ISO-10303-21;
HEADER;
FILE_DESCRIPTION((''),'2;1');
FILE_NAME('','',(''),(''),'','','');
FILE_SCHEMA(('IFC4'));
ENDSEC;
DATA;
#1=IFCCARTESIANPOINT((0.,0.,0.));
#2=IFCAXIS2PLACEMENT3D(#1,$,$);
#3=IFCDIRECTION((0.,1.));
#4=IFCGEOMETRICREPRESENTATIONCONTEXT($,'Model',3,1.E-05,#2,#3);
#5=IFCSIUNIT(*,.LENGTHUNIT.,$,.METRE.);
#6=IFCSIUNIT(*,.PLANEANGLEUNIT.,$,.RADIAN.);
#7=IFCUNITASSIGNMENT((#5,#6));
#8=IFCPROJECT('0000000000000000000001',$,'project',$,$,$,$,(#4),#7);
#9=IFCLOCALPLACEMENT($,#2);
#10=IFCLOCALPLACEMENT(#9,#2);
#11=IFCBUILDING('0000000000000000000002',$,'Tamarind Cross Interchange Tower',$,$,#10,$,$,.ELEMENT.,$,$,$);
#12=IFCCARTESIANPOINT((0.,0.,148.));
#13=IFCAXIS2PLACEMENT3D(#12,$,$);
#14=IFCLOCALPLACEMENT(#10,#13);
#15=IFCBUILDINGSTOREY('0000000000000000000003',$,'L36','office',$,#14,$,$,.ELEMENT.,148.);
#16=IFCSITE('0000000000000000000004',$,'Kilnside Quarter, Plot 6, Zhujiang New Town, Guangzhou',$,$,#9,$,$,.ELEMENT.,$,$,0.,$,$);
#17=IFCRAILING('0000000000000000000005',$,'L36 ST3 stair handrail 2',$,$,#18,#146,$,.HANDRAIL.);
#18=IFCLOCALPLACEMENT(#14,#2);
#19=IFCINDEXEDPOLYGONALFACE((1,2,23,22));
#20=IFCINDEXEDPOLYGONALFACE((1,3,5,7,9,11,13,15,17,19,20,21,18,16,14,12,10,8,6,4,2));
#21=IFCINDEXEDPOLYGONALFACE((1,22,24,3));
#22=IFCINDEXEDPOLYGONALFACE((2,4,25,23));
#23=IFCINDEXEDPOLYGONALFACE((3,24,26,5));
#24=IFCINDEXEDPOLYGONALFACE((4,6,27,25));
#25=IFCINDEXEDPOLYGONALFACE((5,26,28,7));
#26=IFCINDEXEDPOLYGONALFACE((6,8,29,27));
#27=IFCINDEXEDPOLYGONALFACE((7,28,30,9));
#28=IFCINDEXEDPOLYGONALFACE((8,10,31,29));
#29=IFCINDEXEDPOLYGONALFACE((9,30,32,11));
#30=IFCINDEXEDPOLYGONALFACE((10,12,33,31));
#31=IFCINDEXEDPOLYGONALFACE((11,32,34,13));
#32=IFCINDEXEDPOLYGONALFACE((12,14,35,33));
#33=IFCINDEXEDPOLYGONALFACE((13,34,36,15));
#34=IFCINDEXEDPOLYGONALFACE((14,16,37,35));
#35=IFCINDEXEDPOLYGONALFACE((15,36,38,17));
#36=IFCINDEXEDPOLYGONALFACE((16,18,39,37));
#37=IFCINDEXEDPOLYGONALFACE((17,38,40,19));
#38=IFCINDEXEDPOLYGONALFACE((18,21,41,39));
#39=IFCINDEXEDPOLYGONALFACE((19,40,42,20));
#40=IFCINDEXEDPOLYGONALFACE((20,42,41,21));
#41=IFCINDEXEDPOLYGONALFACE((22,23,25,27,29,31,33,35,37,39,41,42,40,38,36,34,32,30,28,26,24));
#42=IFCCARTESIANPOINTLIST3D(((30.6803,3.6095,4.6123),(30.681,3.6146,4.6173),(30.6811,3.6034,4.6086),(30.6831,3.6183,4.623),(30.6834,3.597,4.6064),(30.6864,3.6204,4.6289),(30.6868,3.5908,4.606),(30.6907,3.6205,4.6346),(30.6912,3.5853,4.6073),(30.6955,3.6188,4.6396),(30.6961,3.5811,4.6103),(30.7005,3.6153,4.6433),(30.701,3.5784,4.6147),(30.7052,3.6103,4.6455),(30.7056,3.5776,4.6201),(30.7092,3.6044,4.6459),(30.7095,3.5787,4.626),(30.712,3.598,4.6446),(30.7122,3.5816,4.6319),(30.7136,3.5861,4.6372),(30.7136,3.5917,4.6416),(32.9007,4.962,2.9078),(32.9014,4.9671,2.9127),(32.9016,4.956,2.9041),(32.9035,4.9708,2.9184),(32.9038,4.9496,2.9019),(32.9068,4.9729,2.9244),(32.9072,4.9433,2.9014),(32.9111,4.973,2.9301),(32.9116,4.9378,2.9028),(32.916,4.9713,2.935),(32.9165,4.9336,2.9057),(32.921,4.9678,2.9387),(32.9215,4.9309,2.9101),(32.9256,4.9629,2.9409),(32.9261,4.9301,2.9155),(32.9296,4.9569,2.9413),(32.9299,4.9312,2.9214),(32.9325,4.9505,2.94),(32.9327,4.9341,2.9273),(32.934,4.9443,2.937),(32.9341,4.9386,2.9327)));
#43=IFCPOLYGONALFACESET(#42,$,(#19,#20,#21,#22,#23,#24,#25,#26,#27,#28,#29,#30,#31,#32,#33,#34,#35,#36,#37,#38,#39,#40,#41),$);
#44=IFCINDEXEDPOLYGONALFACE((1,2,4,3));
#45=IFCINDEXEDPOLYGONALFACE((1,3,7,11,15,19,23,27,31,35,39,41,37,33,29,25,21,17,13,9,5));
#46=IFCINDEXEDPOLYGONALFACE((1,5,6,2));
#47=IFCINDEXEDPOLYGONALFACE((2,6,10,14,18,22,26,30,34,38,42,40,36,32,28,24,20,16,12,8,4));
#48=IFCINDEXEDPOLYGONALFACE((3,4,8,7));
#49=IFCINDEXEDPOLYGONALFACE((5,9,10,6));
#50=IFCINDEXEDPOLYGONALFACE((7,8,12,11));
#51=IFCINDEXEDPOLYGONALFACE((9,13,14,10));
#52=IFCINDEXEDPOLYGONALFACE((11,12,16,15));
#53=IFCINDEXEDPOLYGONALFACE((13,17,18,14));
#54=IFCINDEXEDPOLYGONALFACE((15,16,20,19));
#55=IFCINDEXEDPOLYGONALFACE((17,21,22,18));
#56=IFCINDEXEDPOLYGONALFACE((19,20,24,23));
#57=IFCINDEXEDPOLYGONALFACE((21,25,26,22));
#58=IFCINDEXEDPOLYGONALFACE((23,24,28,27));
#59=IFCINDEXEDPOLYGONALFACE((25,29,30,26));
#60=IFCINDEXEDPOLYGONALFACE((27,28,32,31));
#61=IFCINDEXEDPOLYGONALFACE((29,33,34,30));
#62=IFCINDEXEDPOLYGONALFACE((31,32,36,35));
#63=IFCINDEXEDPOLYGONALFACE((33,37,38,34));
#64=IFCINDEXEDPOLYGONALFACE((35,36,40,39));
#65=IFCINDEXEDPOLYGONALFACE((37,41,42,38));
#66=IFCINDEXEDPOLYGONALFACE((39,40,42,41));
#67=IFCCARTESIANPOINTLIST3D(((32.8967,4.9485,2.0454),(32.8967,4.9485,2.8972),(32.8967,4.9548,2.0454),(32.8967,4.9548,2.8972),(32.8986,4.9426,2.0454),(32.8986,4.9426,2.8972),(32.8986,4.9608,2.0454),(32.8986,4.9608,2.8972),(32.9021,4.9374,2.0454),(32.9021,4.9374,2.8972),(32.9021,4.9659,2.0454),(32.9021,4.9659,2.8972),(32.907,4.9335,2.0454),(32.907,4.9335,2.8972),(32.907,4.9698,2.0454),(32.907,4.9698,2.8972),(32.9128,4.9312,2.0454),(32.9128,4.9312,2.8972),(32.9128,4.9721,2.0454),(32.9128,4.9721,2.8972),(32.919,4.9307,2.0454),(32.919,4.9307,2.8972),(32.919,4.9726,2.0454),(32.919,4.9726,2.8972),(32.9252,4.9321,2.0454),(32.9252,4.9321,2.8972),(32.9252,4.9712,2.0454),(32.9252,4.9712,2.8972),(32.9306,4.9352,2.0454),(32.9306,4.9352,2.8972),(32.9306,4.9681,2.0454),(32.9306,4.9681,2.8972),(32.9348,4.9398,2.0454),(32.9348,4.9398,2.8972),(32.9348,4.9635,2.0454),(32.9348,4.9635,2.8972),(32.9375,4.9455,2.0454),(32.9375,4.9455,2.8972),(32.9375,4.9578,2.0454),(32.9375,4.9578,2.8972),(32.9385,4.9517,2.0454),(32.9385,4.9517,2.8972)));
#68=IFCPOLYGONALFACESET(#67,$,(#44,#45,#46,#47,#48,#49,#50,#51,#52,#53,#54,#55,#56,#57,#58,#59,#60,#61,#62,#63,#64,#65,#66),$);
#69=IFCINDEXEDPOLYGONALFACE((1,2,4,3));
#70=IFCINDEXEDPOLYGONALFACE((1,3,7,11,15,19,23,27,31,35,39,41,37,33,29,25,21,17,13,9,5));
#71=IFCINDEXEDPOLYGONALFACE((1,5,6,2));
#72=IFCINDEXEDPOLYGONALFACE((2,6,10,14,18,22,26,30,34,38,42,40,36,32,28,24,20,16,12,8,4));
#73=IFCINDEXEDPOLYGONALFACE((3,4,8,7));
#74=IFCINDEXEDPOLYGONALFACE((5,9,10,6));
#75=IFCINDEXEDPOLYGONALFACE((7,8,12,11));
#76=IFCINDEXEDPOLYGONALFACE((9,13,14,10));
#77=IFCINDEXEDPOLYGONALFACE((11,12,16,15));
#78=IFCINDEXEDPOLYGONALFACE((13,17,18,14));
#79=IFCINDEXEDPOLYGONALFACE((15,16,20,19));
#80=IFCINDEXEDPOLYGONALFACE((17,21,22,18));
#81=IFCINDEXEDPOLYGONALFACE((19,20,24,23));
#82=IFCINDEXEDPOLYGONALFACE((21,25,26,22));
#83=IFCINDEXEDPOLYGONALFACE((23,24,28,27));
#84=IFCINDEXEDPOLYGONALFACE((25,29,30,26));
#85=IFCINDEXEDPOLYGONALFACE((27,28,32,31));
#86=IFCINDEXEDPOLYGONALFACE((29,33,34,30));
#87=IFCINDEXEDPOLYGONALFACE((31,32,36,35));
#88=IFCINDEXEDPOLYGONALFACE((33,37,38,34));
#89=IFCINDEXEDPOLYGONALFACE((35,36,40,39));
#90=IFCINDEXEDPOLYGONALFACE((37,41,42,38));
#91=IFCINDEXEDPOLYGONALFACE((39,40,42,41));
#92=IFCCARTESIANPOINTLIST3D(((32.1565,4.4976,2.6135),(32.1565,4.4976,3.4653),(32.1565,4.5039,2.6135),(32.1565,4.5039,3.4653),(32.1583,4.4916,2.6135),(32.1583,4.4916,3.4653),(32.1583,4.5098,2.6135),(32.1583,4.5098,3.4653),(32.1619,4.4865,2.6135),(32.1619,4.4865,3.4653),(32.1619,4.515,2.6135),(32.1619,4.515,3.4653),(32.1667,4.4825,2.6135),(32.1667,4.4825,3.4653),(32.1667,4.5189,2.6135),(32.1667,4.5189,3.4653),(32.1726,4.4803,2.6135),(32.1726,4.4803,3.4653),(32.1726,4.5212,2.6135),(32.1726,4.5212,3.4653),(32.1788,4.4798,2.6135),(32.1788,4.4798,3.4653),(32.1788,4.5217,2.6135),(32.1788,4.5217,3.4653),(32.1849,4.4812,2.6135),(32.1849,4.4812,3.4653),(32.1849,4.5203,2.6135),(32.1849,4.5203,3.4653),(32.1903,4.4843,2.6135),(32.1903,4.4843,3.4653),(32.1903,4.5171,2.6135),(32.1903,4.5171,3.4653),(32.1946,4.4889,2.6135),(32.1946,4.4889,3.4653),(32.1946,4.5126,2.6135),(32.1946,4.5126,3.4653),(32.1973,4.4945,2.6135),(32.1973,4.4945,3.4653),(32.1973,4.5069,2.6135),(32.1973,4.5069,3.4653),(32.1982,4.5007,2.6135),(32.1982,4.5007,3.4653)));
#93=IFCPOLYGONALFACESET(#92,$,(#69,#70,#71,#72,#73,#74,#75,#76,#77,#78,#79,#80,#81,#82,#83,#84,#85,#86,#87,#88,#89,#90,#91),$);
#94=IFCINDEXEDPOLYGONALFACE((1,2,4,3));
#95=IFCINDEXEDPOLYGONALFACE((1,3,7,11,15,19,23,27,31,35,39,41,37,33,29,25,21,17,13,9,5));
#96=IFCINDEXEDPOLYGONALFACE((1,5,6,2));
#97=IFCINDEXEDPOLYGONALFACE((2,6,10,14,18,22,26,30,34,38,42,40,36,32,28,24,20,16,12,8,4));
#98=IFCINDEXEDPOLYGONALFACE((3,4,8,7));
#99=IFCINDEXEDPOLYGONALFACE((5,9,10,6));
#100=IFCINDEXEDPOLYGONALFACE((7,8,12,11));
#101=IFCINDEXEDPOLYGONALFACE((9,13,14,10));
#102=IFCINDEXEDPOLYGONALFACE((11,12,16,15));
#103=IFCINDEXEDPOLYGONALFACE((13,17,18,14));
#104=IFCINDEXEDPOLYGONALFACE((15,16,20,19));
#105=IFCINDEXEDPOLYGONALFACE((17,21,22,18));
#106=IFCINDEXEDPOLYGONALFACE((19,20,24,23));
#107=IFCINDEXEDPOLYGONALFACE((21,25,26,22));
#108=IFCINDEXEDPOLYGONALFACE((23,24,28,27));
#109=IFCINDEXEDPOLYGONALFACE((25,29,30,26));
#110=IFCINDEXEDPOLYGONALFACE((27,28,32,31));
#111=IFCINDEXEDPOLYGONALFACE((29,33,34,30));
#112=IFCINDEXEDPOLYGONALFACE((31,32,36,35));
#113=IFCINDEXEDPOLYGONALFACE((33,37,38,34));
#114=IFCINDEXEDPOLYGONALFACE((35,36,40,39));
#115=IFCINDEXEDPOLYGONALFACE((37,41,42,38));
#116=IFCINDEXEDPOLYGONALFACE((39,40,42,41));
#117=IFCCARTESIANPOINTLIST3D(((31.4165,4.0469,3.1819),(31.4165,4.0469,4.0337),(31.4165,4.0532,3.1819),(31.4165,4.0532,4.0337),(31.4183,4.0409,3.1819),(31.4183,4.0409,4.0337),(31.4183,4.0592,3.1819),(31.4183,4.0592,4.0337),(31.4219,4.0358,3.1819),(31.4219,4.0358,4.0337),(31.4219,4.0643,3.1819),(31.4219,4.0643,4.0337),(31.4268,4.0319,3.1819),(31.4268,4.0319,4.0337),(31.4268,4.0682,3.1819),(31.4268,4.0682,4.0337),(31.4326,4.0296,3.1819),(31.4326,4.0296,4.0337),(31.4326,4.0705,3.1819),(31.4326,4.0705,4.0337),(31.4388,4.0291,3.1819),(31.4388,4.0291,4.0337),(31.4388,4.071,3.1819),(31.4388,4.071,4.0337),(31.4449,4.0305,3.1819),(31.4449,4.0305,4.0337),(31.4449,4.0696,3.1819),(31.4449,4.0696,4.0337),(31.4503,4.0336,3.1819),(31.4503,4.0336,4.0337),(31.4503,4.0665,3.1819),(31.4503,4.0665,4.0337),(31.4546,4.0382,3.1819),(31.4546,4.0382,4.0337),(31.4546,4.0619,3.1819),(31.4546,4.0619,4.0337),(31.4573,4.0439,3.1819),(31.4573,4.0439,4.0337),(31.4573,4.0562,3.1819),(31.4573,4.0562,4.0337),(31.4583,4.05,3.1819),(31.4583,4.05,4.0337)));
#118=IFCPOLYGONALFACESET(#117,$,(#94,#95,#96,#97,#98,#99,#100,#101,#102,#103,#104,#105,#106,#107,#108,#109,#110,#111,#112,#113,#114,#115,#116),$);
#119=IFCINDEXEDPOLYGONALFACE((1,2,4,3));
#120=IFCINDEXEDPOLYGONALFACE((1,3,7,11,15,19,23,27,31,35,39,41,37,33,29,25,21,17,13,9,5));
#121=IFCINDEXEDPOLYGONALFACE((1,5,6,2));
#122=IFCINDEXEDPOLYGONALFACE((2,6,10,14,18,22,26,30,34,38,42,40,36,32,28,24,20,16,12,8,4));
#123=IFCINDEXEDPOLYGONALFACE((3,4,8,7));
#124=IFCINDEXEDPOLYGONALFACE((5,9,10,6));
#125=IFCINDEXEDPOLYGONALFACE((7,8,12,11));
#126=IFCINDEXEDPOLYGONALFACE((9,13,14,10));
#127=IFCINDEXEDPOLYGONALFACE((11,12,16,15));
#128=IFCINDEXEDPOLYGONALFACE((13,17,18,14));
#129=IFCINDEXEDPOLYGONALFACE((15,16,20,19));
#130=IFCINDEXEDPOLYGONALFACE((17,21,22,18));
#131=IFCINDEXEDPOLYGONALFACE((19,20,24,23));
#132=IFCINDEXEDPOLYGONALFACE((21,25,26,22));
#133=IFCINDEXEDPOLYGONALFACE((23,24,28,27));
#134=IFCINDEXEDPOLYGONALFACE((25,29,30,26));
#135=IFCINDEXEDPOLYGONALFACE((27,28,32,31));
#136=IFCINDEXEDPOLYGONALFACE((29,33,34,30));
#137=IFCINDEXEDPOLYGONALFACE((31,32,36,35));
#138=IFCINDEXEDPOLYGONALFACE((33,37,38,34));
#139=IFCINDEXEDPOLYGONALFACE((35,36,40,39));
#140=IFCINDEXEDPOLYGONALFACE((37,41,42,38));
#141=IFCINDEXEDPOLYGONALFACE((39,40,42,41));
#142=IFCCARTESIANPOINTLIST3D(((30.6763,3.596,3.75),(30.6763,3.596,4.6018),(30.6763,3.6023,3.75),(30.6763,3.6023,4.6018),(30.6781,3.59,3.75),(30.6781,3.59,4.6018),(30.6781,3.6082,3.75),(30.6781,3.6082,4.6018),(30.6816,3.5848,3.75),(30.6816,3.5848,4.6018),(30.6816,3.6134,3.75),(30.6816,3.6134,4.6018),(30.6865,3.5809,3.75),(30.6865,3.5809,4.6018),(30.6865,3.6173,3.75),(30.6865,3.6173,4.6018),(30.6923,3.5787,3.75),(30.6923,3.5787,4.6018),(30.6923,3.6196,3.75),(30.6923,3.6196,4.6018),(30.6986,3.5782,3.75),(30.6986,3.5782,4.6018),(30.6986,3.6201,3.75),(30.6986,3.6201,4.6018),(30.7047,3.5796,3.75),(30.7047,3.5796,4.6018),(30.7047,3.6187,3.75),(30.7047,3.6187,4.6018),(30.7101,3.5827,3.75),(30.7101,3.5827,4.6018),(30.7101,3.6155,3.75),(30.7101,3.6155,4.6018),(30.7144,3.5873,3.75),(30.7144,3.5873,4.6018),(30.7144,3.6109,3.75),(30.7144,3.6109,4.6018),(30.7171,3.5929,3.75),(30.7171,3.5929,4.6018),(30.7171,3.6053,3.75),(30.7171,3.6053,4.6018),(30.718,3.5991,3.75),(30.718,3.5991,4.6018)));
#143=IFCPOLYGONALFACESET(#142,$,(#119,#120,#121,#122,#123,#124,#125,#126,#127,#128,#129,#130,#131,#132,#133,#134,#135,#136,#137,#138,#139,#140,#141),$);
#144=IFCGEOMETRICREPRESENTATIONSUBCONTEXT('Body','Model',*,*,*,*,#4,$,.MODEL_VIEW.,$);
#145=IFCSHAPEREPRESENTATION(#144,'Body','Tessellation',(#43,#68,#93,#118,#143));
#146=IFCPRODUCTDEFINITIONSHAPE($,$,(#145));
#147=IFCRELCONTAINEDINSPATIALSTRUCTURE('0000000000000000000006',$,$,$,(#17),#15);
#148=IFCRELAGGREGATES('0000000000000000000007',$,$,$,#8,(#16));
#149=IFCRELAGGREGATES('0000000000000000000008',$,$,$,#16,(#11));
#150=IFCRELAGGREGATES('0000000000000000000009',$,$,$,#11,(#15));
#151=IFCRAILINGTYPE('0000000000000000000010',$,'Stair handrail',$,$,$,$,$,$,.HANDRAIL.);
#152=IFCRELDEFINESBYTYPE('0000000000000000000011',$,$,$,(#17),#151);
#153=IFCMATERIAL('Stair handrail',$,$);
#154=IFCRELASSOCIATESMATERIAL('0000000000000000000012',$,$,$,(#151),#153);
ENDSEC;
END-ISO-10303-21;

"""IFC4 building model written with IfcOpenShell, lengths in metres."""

from ifc_helpers import new_model, si_unit, direction, frame, origin, origin_2d, place, context, subcontext, project, spatial, circle, extrude, material, type_object, element, save


model = new_model("IFC4")

# Units and contexts
model_context = context("Model", 3, precision=1e-05, world=origin(), true_north=direction((0.0, 1.0)))
body_context = subcontext(model_context, "Body", "Model", "MODEL_VIEW")
ifc_project = project(units=[si_unit("LENGTHUNIT", "METRE"), si_unit("PLANEANGLEUNIT", "RADIAN")], contexts=[model_context])

# Site, building, storey
site_placement = place(None, origin())
site = spatial("IfcSite", under=ifc_project, at=site_placement, Name="Kilnside Quarter, Plot 6, Zhujiang New Town, Guangzhou", CompositionType="ELEMENT", RefElevation=0.0)
building_placement = place(site_placement, origin())
building = spatial("IfcBuilding", under=site, at=building_placement, Name="Tamarind Cross Interchange Tower", CompositionType="ELEMENT")
storey_placement = place(building_placement, frame((0.0, 0.0, 148.0)))
storey = spatial("IfcBuildingStorey", under=building, at=storey_placement, Name="L36", Description="office", CompositionType="ELEMENT", Elevation=148.0)

# Railing
ifc_material_1 = material(Name="Stair handrail")
railing_type_1 = type_object("IfcRailingType", Name="Stair handrail", PredefinedType="HANDRAIL", material=ifc_material_1)
railing_1_placement = place(storey_placement, frame((32.9175, 4.9517, 2.0454)))
element("IfcRailing", 1, at=railing_1_placement, inside=storey, type_object=railing_type_1, Name="L36 ST3 stair handrail 2", PredefinedType="HANDRAIL", context=body_context, shape_type="SweptSolid", body=[
    extrude(circle(Radius=0.0239, at=origin_2d()), frame((0.0, 0.0, 0.876), z_axis=(-0.71422, -0.43505, 0.548289), x_axis=(0.520215, -0.854035, 0.0)), (0.0, 0.0, 1.0), 3.1089),
    extrude(circle(Radius=0.021, at=origin_2d()), origin(), (0.0, 0.0, 1.0), 0.8518),
    extrude(circle(Radius=0.021, at=origin_2d()), frame((-0.7402, -0.4509, 0.5681)), (0.0, 0.0, 1.0), 0.8518),
    extrude(circle(Radius=0.021, at=origin_2d()), frame((-1.4802, -0.9016, 1.1365)), (0.0, 0.0, 1.0), 0.8518),
    extrude(circle(Radius=0.021, at=origin_2d()), frame((-2.2205, -1.3525, 1.7046)), (0.0, 0.0, 1.0), 0.8518),
])

save(model, "model.ifc")
